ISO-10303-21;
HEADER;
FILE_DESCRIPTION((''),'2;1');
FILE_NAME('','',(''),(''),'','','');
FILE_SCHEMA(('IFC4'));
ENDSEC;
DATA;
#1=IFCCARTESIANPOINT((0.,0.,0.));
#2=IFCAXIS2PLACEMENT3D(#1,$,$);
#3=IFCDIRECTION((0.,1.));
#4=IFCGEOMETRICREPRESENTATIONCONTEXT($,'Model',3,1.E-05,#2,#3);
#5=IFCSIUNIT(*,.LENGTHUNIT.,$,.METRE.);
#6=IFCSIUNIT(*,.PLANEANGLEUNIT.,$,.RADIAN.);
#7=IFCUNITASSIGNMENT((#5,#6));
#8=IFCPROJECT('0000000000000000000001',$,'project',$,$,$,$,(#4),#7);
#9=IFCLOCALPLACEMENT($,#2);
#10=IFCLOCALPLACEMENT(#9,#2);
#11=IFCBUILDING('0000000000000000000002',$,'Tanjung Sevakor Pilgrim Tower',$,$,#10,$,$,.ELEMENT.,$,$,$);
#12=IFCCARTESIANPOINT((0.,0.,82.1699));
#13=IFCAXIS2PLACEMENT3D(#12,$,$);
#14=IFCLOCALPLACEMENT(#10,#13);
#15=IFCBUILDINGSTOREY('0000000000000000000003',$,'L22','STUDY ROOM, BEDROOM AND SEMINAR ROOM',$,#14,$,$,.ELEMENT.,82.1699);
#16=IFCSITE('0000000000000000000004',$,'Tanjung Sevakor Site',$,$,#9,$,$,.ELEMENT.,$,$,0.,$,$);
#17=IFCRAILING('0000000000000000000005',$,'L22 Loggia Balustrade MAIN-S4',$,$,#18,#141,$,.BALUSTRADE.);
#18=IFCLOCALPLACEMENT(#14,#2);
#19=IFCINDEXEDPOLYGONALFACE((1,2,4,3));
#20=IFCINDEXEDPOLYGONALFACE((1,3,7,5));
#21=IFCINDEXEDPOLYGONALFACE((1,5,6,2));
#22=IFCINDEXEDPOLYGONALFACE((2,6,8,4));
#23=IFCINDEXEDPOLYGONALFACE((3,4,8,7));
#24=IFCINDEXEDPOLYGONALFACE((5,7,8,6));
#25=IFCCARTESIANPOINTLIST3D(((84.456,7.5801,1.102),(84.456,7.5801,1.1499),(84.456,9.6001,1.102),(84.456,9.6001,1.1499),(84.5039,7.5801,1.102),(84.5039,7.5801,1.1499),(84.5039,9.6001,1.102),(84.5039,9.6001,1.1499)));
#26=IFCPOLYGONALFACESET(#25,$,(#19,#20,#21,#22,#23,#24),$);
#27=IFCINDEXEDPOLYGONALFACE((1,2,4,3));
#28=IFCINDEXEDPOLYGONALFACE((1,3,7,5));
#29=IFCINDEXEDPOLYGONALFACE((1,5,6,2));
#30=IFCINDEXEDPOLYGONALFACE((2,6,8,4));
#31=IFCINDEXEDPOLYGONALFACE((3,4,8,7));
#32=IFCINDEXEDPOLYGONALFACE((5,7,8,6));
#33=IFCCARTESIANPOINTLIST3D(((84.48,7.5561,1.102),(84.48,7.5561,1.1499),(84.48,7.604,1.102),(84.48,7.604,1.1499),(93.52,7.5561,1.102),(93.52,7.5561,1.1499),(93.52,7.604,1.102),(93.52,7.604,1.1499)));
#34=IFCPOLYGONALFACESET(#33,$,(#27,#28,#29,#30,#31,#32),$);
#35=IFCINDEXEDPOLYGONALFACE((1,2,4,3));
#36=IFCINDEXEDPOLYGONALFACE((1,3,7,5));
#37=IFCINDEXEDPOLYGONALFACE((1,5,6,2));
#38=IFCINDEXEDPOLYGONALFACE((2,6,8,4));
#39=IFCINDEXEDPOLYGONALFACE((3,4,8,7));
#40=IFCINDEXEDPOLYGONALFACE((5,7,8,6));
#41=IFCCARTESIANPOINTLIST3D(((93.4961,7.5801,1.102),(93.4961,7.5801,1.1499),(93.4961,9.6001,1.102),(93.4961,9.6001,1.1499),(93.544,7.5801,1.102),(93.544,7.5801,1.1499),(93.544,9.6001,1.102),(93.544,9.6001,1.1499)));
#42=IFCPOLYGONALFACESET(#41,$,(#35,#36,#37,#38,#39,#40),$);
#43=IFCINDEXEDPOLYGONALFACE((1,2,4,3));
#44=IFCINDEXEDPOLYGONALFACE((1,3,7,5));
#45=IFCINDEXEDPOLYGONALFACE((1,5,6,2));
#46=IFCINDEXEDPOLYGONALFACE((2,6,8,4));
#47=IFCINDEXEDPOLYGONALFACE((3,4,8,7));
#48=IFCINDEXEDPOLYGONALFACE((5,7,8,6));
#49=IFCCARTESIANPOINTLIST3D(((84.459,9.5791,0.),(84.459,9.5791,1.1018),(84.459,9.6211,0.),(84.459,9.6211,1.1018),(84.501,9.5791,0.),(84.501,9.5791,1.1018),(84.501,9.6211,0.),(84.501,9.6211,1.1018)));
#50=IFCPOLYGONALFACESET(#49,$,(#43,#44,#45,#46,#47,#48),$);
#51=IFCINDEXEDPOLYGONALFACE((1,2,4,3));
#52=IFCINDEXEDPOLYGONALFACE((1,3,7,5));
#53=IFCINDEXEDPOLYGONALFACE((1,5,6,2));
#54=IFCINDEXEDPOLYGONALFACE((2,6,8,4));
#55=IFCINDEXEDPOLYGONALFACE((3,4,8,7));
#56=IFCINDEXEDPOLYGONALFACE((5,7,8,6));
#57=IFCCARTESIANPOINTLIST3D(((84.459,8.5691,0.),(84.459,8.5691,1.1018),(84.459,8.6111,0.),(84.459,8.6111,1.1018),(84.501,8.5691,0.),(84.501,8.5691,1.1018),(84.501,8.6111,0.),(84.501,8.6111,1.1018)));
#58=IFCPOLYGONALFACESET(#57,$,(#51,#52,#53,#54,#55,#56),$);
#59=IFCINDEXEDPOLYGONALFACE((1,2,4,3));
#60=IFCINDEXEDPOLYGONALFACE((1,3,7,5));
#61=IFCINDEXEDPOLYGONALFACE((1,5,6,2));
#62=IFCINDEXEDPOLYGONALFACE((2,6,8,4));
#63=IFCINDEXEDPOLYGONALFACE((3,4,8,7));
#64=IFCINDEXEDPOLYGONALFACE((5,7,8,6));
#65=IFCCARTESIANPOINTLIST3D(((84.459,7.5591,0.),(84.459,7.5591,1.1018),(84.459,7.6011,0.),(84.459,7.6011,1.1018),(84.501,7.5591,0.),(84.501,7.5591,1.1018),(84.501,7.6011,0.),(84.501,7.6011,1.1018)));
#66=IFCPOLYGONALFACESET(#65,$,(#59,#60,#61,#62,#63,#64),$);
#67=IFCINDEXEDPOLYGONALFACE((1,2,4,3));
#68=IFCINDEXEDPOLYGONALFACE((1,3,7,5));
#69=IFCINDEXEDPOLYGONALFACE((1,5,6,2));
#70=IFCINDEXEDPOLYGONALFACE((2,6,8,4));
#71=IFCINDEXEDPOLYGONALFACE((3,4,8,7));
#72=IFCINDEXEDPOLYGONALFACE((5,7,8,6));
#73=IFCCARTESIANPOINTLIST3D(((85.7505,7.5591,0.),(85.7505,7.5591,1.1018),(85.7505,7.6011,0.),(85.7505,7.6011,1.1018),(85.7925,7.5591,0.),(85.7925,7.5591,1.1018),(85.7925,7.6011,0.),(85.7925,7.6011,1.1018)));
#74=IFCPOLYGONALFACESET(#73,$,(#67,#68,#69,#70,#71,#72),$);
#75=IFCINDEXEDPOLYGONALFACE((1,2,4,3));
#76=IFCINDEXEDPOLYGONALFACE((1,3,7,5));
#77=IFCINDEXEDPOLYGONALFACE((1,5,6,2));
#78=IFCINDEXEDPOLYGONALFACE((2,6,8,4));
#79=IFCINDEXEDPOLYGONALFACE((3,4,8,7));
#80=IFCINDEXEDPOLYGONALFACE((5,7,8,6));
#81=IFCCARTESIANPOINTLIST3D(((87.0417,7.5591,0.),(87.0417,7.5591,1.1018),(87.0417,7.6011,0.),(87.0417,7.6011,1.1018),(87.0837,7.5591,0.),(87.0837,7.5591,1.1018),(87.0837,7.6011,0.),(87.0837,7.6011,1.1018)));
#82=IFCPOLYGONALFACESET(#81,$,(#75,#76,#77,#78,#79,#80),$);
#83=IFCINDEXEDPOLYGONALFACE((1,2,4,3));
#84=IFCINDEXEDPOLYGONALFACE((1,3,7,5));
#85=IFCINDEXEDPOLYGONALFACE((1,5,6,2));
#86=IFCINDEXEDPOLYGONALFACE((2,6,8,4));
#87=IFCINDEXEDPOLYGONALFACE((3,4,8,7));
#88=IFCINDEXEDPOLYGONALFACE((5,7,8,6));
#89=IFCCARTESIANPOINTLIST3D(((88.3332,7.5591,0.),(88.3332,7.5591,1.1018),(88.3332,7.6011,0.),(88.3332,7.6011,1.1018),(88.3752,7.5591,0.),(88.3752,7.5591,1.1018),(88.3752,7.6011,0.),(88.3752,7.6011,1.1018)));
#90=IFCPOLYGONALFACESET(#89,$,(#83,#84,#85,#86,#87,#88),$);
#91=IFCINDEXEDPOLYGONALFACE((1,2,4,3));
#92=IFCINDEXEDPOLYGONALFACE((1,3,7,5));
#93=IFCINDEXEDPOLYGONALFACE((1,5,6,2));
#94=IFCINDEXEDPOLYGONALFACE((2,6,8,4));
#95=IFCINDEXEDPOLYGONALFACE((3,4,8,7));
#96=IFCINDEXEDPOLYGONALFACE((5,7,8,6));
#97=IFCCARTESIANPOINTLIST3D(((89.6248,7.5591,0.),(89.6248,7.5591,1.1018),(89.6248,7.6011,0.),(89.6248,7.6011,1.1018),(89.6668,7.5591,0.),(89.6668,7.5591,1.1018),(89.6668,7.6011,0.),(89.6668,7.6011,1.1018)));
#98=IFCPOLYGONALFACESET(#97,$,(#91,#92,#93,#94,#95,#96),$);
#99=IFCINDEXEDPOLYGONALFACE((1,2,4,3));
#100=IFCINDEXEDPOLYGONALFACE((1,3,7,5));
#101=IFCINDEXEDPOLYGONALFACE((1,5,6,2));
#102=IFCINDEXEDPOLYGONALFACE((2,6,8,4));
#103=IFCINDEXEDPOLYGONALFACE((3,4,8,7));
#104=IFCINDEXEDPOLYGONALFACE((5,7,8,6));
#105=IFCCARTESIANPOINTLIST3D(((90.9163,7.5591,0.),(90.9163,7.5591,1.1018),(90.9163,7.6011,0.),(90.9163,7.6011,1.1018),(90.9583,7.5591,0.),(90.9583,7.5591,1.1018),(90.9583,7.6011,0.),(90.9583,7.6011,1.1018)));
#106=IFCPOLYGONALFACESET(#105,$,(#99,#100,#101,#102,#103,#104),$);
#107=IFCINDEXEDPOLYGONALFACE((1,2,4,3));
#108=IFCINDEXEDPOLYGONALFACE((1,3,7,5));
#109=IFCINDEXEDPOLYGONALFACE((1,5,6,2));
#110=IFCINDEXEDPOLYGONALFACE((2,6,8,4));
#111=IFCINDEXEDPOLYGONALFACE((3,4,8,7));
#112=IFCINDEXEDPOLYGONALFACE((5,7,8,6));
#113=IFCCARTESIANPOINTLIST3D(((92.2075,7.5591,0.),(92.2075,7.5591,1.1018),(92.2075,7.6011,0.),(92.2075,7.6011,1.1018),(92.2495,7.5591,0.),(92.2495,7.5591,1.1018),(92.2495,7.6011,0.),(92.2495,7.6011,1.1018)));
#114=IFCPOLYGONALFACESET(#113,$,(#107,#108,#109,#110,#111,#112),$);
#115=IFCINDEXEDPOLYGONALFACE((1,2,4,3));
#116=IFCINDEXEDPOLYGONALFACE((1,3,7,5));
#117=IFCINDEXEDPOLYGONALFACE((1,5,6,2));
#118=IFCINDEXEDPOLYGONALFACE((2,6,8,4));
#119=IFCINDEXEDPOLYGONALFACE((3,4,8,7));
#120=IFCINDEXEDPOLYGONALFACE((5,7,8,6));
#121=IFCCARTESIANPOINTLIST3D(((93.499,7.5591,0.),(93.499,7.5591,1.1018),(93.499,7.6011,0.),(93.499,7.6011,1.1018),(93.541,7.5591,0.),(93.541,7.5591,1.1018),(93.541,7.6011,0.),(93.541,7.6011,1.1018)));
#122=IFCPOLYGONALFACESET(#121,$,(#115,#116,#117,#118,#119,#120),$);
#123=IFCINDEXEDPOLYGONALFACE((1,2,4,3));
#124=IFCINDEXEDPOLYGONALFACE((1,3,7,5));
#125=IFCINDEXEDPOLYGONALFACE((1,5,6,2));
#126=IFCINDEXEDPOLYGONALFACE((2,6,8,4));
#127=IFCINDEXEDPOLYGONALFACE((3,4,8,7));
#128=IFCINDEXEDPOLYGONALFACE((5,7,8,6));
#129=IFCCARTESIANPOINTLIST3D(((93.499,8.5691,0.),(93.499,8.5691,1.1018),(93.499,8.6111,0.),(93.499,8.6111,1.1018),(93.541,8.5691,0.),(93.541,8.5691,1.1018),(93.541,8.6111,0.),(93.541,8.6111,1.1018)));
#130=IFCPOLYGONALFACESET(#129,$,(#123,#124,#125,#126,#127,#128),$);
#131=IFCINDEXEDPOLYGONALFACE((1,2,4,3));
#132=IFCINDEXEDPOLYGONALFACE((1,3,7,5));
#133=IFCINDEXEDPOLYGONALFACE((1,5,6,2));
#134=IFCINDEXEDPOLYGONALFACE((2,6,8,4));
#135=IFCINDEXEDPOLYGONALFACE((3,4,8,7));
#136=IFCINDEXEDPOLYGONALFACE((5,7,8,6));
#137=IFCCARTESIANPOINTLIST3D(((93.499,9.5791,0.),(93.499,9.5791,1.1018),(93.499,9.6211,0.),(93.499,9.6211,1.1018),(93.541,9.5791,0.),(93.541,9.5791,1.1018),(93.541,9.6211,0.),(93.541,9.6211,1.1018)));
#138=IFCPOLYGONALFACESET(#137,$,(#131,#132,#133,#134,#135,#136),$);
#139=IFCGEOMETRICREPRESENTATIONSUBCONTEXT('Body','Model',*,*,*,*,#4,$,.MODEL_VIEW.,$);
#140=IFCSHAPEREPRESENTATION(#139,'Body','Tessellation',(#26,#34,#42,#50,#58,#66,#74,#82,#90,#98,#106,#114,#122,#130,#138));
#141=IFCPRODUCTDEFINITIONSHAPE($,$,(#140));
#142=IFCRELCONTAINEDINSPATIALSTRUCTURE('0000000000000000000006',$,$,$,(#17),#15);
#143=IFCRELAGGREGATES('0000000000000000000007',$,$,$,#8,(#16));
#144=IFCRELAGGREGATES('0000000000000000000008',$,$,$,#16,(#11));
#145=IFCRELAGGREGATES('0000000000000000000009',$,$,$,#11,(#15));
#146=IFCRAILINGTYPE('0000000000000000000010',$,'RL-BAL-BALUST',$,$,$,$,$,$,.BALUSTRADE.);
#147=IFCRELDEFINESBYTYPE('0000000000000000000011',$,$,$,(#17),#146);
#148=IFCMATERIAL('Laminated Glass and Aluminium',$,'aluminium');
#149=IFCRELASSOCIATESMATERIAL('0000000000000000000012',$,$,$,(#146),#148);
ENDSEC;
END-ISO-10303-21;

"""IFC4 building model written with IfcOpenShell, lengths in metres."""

from ifc_helpers import new_model, si_unit, direction, frame, origin, place, context, subcontext, project, spatial, rectangle, extrude, material, type_object, element, save


model = new_model("IFC4")

# Units and contexts
model_context = context("Model", 3, precision=1e-05, world=origin(), true_north=direction((0.0, 1.0)))
body_context = subcontext(model_context, "Body", "Model", "MODEL_VIEW")
ifc_project = project(units=[si_unit("LENGTHUNIT", "METRE"), si_unit("PLANEANGLEUNIT", "RADIAN")], contexts=[model_context])

# Site, building, storey
site_placement = place(None, origin())
site = spatial("IfcSite", under=ifc_project, at=site_placement, Name="Tanjung Sevakor Site", CompositionType="ELEMENT", RefElevation=0.0)
building_placement = place(site_placement, origin())
building = spatial("IfcBuilding", under=site, at=building_placement, Name="Tanjung Sevakor Pilgrim Tower", CompositionType="ELEMENT")
storey_placement = place(building_placement, frame((0.0, 0.0, 82.1699)))
storey = spatial("IfcBuildingStorey", under=building, at=storey_placement, Name="L22", Description="STUDY ROOM, BEDROOM AND SEMINAR ROOM", CompositionType="ELEMENT", Elevation=82.1699)

# Railing
ifc_material_1 = material(Name="Laminated Glass and Aluminium", Category="aluminium")
railing_type = type_object("IfcRailingType", Name="RL-BAL-BALUST", PredefinedType="BALUSTRADE", material=ifc_material_1)
railing_placement = place(storey_placement, frame((84.48, 9.6001, 0.0)))
element("IfcRailing", 1, at=railing_placement, inside=storey, type_object=railing_type, Name="L22 Loggia Balustrade MAIN-S4", PredefinedType="BALUSTRADE", context=body_context, shape_type="SweptSolid", body=[
    extrude(rectangle(XDim=0.0479, YDim=0.0479), frame((0.0, 0.0, 1.126), z_axis=(0.0, -1.0, 0.0), x_axis=(1.0, 0.0, 0.0)), (0.0, 0.0, 1.0), 2.02),
    extrude(rectangle(XDim=0.0479, YDim=0.0479), frame((0.0, -2.02, 1.126), z_axis=(1.0, 0.0, 0.0), x_axis=(0.0, 1.0, 0.0)), (0.0, 0.0, 1.0), 9.04),
    extrude(rectangle(XDim=0.0479, YDim=0.0479), frame((9.04, -2.02, 1.126), z_axis=(0.0, 1.0, 0.0), x_axis=(-1.0, 0.0, 0.0)), (0.0, 0.0, 1.0), 2.02),
    extrude(rectangle(XDim=0.042, YDim=0.042), origin(), (0.0, 0.0, 1.0), 1.1018),
    extrude(rectangle(XDim=0.042, YDim=0.042), frame((0.0, -1.01, 0.0)), (0.0, 0.0, 1.0), 1.1018),
    extrude(rectangle(XDim=0.042, YDim=0.042), frame((0.0, -2.02, 0.0)), (0.0, 0.0, 1.0), 1.1018),
    extrude(rectangle(XDim=0.042, YDim=0.042), frame((1.2915, -2.02, 0.0)), (0.0, 0.0, 1.0), 1.1018),
    extrude(rectangle(XDim=0.042, YDim=0.042), frame((2.5828, -2.02, 0.0)), (0.0, 0.0, 1.0), 1.1018),
    extrude(rectangle(XDim=0.042, YDim=0.042), frame((3.8743, -2.02, 0.0)), (0.0, 0.0, 1.0), 1.1018),
    extrude(rectangle(XDim=0.042, YDim=0.042), frame((5.1658, -2.02, 0.0)), (0.0, 0.0, 1.0), 1.1018),
    extrude(rectangle(XDim=0.042, YDim=0.042), frame((6.4573, -2.02, 0.0)), (0.0, 0.0, 1.0), 1.1018),
    extrude(rectangle(XDim=0.042, YDim=0.042), frame((7.7485, -2.02, 0.0)), (0.0, 0.0, 1.0), 1.1018),
    extrude(rectangle(XDim=0.042, YDim=0.042), frame((9.04, -2.02, 0.0)), (0.0, 0.0, 1.0), 1.1018),
    extrude(rectangle(XDim=0.042, YDim=0.042), frame((9.04, -1.01, 0.0)), (0.0, 0.0, 1.0), 1.1018),
    extrude(rectangle(XDim=0.042, YDim=0.042), frame((9.04, 0.0, 0.0)), (0.0, 0.0, 1.0), 1.1018),
])

save(model, "model.ifc")
